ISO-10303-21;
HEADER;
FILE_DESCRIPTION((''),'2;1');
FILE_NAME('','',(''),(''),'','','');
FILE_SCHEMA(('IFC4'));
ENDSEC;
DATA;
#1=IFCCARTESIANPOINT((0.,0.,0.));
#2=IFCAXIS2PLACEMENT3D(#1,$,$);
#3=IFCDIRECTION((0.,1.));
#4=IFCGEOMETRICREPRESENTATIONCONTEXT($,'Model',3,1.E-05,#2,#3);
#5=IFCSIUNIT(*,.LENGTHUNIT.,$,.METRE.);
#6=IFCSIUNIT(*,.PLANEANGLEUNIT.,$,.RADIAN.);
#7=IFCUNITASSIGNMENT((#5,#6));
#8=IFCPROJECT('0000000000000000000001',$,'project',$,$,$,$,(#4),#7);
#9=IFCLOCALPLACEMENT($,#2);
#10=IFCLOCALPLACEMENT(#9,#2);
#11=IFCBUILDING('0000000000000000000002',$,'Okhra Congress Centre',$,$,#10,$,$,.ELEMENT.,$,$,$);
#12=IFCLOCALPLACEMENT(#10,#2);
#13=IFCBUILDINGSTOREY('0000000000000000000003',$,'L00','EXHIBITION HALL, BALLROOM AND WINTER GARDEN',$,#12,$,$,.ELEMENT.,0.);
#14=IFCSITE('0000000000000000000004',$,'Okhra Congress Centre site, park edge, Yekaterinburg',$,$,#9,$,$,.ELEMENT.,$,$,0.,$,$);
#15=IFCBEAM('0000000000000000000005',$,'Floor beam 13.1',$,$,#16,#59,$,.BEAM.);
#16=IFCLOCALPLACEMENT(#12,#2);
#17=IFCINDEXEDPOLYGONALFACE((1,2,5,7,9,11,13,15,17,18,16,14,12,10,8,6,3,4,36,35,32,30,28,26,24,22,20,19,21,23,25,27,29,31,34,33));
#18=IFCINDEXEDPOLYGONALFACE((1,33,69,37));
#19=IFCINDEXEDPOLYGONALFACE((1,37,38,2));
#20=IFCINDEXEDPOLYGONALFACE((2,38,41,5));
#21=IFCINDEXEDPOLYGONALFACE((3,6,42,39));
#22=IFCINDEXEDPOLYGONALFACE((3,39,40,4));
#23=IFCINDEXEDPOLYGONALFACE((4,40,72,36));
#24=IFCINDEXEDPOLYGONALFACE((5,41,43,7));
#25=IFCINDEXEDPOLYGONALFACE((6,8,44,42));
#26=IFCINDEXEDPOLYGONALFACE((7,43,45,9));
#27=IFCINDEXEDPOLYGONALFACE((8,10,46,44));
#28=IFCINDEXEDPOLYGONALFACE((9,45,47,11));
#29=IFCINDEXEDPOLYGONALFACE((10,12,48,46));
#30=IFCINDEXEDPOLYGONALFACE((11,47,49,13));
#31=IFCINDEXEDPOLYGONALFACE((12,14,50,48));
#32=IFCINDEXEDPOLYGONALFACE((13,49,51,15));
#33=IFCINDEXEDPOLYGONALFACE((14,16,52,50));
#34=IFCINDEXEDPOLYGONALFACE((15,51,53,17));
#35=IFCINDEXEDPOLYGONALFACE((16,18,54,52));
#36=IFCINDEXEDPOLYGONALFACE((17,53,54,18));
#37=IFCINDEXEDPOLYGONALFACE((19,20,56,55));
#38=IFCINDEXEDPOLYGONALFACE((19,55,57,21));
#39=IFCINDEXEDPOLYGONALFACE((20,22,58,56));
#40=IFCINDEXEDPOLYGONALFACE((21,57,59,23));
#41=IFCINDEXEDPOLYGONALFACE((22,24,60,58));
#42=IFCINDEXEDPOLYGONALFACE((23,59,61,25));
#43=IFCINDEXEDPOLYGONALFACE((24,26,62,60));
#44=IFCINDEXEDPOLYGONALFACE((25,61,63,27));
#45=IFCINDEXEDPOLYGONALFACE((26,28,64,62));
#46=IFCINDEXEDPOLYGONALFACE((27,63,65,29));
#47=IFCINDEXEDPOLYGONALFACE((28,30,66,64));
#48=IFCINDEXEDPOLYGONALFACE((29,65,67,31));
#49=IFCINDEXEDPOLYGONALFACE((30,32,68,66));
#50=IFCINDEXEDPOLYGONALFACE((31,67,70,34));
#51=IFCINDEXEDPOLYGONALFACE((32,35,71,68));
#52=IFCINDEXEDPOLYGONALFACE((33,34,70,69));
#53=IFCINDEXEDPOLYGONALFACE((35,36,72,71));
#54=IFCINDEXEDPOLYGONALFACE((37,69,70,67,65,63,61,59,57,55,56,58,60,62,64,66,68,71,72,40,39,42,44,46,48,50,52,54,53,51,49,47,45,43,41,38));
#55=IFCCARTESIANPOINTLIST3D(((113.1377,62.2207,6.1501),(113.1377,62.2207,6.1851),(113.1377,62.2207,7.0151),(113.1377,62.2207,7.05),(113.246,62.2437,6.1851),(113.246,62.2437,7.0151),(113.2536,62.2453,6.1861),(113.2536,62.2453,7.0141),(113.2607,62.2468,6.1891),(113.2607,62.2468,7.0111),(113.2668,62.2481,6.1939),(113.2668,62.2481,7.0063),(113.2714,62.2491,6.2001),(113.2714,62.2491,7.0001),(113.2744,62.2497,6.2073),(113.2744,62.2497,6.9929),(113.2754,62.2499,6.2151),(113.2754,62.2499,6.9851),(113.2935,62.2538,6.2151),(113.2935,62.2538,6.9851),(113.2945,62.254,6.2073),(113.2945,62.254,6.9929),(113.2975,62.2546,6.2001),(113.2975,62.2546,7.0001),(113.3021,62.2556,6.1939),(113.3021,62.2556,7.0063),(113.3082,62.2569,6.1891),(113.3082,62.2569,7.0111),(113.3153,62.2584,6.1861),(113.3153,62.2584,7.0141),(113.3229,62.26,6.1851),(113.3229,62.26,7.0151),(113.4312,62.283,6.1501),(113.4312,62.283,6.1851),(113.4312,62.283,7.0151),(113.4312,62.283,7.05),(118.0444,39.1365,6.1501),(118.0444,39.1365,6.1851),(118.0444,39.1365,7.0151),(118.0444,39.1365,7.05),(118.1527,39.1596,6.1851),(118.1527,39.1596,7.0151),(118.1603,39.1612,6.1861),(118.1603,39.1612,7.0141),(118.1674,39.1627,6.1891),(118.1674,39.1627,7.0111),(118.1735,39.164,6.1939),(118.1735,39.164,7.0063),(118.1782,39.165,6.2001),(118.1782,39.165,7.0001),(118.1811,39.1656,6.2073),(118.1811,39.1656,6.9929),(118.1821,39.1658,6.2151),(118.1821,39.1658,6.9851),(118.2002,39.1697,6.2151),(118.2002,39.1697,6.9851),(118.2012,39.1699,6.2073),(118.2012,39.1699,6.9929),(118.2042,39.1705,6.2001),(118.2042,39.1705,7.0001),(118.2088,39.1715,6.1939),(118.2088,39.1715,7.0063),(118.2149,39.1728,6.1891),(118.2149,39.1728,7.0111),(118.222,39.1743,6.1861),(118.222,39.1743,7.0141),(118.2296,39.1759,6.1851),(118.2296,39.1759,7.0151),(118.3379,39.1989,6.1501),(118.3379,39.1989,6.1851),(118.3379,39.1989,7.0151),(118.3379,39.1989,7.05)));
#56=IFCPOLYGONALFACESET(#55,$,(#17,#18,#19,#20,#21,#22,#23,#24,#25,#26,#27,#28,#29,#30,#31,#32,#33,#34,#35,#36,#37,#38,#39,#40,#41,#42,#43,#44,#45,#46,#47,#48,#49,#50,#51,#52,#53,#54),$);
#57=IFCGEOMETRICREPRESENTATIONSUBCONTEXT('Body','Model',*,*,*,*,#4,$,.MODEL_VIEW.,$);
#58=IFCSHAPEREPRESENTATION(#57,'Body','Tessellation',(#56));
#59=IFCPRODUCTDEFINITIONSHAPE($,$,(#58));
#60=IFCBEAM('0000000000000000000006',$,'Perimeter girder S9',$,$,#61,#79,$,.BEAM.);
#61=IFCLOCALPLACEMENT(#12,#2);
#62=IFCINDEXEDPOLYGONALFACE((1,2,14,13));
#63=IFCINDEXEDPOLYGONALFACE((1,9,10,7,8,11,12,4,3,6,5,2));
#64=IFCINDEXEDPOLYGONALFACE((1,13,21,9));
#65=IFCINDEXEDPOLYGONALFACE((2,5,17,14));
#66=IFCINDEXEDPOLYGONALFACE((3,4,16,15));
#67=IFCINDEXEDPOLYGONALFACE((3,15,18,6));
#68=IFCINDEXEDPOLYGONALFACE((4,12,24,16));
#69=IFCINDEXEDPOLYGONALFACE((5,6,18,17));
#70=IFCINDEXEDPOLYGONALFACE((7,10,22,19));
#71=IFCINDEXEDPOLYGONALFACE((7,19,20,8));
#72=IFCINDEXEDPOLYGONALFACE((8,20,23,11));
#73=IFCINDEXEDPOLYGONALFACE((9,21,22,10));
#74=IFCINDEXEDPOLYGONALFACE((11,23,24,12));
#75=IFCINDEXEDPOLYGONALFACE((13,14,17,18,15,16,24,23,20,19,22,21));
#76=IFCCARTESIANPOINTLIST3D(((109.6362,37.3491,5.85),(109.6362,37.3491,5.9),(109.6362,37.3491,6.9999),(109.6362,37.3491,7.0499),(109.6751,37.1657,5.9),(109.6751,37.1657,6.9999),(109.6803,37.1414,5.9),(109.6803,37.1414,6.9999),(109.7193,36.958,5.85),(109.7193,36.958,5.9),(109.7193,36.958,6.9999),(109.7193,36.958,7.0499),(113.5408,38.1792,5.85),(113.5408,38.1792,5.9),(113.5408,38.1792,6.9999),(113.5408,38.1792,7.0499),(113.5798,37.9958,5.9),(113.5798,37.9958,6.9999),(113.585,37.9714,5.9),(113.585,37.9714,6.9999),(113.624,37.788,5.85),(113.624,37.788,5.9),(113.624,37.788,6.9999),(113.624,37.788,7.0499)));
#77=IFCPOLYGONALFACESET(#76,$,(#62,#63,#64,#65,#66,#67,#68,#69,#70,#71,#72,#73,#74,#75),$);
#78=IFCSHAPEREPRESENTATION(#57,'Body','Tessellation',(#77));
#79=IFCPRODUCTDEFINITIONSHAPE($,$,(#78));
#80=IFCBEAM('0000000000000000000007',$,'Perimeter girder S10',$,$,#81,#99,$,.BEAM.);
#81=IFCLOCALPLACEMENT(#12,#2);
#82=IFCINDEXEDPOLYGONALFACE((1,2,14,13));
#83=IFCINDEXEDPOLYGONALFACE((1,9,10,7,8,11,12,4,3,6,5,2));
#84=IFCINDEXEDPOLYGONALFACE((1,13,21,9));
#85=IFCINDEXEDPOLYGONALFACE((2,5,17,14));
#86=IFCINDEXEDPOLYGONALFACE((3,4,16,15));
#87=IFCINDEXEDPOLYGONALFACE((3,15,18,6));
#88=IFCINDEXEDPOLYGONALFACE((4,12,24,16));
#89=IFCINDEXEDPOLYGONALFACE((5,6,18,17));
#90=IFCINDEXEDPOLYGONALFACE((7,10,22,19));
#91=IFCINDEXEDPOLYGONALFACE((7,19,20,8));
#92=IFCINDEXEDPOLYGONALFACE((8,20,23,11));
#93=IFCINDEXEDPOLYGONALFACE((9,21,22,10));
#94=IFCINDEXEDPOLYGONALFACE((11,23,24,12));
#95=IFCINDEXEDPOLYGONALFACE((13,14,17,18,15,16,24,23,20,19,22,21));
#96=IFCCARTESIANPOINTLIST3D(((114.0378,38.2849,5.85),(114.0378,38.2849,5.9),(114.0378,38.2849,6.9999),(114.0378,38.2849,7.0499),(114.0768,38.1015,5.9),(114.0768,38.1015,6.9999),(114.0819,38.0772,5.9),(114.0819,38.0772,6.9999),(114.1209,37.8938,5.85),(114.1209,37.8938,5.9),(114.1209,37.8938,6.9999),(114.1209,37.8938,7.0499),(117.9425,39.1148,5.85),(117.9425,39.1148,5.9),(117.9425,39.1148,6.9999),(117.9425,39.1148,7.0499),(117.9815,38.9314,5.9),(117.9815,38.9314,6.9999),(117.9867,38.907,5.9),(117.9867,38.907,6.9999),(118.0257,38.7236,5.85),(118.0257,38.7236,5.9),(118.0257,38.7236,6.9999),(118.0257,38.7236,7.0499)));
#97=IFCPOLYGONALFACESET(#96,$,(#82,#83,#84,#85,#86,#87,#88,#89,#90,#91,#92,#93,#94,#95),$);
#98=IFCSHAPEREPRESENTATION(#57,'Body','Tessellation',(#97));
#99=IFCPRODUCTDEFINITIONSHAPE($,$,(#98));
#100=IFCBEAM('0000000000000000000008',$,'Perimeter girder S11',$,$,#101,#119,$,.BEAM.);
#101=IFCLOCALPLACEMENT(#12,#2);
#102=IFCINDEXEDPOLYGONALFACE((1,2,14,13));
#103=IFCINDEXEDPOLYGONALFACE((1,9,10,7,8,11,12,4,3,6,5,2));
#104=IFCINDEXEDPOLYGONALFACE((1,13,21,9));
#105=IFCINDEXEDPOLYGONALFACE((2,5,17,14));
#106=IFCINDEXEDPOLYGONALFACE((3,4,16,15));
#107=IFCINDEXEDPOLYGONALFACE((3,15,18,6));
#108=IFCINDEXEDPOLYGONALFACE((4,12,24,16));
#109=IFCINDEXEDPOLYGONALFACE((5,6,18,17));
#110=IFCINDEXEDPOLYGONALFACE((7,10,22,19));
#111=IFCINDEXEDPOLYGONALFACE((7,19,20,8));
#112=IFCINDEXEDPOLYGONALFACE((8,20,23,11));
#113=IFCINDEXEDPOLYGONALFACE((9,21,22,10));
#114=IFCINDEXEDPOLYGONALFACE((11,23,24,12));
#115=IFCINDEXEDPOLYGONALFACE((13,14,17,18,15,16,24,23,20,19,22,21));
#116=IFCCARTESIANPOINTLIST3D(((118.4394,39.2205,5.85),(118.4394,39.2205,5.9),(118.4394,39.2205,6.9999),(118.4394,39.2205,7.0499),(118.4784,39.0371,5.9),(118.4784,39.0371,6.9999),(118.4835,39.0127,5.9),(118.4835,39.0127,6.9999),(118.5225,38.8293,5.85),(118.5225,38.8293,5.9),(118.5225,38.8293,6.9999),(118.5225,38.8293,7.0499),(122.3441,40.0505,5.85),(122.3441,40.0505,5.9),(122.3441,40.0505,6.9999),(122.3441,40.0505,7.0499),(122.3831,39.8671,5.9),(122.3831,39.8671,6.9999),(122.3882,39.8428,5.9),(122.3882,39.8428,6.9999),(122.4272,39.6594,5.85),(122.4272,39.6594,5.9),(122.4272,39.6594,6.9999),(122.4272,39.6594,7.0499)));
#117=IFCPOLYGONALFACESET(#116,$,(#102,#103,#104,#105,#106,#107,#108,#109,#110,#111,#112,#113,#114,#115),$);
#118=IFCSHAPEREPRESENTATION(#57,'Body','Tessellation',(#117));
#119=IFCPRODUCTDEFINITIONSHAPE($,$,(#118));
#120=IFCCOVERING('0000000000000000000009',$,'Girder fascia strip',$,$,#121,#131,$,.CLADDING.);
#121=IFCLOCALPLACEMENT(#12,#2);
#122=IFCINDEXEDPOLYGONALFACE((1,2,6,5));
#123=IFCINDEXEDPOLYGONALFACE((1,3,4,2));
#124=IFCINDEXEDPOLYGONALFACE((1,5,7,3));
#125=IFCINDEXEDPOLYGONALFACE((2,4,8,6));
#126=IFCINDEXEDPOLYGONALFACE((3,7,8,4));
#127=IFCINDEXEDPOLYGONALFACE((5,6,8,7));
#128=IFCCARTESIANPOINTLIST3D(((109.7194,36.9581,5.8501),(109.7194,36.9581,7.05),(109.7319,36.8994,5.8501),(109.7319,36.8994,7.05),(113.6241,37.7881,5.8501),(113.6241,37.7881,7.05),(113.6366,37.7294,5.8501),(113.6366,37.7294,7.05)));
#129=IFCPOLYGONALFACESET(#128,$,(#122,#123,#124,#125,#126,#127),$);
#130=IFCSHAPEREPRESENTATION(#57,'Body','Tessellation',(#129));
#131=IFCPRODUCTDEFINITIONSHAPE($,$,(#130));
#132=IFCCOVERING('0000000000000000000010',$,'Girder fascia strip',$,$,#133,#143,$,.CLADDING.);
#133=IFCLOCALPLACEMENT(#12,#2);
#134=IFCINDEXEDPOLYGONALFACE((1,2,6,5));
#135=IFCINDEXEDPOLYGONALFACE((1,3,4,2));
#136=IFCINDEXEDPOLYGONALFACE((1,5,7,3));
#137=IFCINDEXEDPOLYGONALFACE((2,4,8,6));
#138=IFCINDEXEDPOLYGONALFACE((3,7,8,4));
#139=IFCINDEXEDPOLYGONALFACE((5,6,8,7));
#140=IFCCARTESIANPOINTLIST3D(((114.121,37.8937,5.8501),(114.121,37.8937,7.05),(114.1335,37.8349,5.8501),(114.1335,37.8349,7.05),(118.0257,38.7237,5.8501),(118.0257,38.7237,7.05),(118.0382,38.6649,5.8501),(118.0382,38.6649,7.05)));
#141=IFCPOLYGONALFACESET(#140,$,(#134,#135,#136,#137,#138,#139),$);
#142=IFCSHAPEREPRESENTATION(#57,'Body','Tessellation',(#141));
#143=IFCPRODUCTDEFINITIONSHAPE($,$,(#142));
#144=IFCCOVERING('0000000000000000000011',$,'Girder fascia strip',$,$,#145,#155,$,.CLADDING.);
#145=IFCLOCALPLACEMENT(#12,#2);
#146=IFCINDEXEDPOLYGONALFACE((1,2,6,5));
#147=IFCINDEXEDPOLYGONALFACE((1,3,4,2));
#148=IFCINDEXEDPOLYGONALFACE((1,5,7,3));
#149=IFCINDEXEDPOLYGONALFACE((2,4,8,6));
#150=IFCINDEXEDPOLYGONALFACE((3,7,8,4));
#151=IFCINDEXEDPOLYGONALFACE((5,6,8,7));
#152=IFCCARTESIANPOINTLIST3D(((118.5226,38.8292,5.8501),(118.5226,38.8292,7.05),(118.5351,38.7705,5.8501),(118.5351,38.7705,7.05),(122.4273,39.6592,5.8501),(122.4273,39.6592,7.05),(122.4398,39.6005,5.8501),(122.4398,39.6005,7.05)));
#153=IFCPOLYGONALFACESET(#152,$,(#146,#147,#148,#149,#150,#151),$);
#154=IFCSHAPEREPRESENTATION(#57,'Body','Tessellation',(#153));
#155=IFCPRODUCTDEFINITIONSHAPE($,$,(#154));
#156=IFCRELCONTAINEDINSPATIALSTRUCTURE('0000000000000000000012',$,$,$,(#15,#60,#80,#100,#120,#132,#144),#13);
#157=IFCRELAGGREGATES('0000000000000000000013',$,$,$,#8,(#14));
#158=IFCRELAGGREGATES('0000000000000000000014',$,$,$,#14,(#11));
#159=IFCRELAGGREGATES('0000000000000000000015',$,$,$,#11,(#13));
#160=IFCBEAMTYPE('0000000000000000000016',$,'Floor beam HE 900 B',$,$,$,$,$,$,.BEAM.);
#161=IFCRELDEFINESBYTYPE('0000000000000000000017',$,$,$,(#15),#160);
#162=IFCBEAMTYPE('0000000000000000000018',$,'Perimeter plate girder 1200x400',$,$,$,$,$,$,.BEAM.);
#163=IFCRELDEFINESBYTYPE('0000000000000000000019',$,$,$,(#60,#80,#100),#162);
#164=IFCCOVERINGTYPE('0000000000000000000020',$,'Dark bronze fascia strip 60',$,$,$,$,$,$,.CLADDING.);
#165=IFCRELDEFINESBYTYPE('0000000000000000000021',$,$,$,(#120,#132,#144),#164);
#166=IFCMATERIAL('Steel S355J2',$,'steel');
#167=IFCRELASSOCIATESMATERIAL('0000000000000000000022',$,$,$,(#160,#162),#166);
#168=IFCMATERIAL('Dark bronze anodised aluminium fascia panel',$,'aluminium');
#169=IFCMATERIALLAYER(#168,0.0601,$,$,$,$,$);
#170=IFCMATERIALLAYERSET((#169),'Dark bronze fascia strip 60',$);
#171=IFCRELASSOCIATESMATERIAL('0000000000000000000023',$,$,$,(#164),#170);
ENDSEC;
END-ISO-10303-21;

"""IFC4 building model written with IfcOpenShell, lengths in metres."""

from ifc_helpers import new_model, si_unit, direction, frame, origin, origin_2d, place, context, subcontext, project, spatial, rectangle, i_section, extrude, material, layer, layer_set, material_profile, profile_set, type_object, element, save


model = new_model("IFC4")

# Units and contexts
model_context = context("Model", 3, precision=1e-05, world=origin(), true_north=direction((0.0, 1.0)))
body_context = subcontext(model_context, "Body", "Model", "MODEL_VIEW")
ifc_project = project(units=[si_unit("LENGTHUNIT", "METRE"), si_unit("PLANEANGLEUNIT", "RADIAN")], contexts=[model_context])

# Site, building, storey
site_placement = place(None, origin())
site = spatial("IfcSite", under=ifc_project, at=site_placement, Name="Okhra Congress Centre site, park edge, Yekaterinburg", CompositionType="ELEMENT", RefElevation=0.0)
building_placement = place(site_placement, origin())
building = spatial("IfcBuilding", under=site, at=building_placement, Name="Okhra Congress Centre", CompositionType="ELEMENT")
storey_placement = place(building_placement, origin())
storey = spatial("IfcBuildingStorey", under=building, at=storey_placement, Name="L00", Description="EXHIBITION HALL, BALLROOM AND WINTER GARDEN", CompositionType="ELEMENT", Elevation=0.0)

# Beams
ifc_material_1 = material(Name="Steel S355J2", Category="steel")
ifc_material_profile_1 = material_profile(ifc_material_1, i_section(OverallWidth=0.3, OverallDepth=0.8999, WebThickness=0.0186, FlangeThickness=0.0349, FilletRadius=0.03, at=origin_2d()), Name="HE 900 B")
ifc_profile_set_1 = profile_set([ifc_material_profile_1], Name="Steel S355J2")
beam_type_1 = type_object("IfcBeamType", Name="Floor beam HE 900 B", PredefinedType="BEAM", material=ifc_profile_set_1)
beam_1_placement = place(storey_placement, frame((118.1912, 39.1677, 6.6001), z_axis=(-0.207913, 0.978147, 0.0), x_axis=(-0.978147, -0.207913, 0.0)))
element("IfcBeam", 1, at=beam_1_placement, inside=storey, type_object=beam_type_1, Name="Floor beam 13.1", PredefinedType="BEAM", context=body_context, shape_type="SweptSolid", body=[
    extrude(i_section(OverallWidth=0.3, OverallDepth=0.8999, WebThickness=0.0186, FlangeThickness=0.0349, FilletRadius=0.03, at=origin_2d()), origin(), (0.0, 0.0, 1.0), 23.5999),
])
ifc_material_profile_2 = material_profile(ifc_material_1, i_section(OverallWidth=0.3999, OverallDepth=1.2, WebThickness=0.0249, FlangeThickness=0.05, at=origin_2d()), Name="Plate girder 1200x400")
ifc_profile_set_2 = profile_set([ifc_material_profile_2], Name="Steel S355J2")
beam_type_2 = type_object("IfcBeamType", Name="Perimeter plate girder 1200x400", PredefinedType="BEAM", material=ifc_profile_set_2)
for number, where, z_axis, x_axis, name in (
    (2, (109.6777, 37.1536, 6.45), (0.978143, 0.207933, 0.0), (-0.207933, 0.978143, 0.0), "Perimeter girder S9"),
    (3, (114.0793, 38.0894, 6.45), (0.978155, 0.207875, 0.0), (-0.207875, 0.978155, 0.0), "Perimeter girder S10"),
    (4, (118.481, 39.0249, 6.45), (0.978143, 0.207933, 0.0), (-0.207933, 0.978143, 0.0), "Perimeter girder S11"),
):
    element("IfcBeam", number, at=place(storey_placement, frame(where, z_axis=z_axis, x_axis=x_axis)), inside=storey, type_object=beam_type_2, Name=name, PredefinedType="BEAM", context=body_context, shape_type="SweptSolid", body=[
        extrude(i_section(OverallWidth=0.3999, OverallDepth=1.2, WebThickness=0.0249, FlangeThickness=0.05, at=origin_2d()), origin(), (0.0, 0.0, 1.0), 3.9919),
    ])

# Coverings
ifc_material_2 = material(Name="Dark bronze anodised aluminium fascia panel", Category="aluminium")
ifc_layer = layer(ifc_material_2, 0.0601)
ifc_layer_set = layer_set([ifc_layer], Name="Dark bronze fascia strip 60")
covering_type = type_object("IfcCoveringType", Name="Dark bronze fascia strip 60", PredefinedType="CLADDING", material=ifc_layer_set)
for number, where, z_axis, x_axis, name in (
    (5, (111.678, 37.3438, 5.8501), (0.0, 0.0, 1.0), (0.978148, 0.207912, 0.0), "Girder fascia strip"),
    (6, (116.0796, 38.2793, 5.8501), (0.0, 0.0, 1.0), (0.978148, 0.207912, 0.0), "Girder fascia strip"),
    (7, (120.4812, 39.2148, 5.8501), (0.0, 0.0, 1.0), (0.978148, 0.207912, 0.0), "Girder fascia strip"),
):
    element("IfcCovering", number, at=place(storey_placement, frame(where, z_axis=z_axis, x_axis=x_axis)), inside=storey, type_object=covering_type, Name=name, PredefinedType="CLADDING", context=body_context, shape_type="SweptSolid", body=[
        extrude(rectangle(XDim=3.9919, YDim=0.0601, at=origin_2d()), origin(), (0.0, 0.0, 1.0), 1.2),
    ])

save(model, "model.ifc")
